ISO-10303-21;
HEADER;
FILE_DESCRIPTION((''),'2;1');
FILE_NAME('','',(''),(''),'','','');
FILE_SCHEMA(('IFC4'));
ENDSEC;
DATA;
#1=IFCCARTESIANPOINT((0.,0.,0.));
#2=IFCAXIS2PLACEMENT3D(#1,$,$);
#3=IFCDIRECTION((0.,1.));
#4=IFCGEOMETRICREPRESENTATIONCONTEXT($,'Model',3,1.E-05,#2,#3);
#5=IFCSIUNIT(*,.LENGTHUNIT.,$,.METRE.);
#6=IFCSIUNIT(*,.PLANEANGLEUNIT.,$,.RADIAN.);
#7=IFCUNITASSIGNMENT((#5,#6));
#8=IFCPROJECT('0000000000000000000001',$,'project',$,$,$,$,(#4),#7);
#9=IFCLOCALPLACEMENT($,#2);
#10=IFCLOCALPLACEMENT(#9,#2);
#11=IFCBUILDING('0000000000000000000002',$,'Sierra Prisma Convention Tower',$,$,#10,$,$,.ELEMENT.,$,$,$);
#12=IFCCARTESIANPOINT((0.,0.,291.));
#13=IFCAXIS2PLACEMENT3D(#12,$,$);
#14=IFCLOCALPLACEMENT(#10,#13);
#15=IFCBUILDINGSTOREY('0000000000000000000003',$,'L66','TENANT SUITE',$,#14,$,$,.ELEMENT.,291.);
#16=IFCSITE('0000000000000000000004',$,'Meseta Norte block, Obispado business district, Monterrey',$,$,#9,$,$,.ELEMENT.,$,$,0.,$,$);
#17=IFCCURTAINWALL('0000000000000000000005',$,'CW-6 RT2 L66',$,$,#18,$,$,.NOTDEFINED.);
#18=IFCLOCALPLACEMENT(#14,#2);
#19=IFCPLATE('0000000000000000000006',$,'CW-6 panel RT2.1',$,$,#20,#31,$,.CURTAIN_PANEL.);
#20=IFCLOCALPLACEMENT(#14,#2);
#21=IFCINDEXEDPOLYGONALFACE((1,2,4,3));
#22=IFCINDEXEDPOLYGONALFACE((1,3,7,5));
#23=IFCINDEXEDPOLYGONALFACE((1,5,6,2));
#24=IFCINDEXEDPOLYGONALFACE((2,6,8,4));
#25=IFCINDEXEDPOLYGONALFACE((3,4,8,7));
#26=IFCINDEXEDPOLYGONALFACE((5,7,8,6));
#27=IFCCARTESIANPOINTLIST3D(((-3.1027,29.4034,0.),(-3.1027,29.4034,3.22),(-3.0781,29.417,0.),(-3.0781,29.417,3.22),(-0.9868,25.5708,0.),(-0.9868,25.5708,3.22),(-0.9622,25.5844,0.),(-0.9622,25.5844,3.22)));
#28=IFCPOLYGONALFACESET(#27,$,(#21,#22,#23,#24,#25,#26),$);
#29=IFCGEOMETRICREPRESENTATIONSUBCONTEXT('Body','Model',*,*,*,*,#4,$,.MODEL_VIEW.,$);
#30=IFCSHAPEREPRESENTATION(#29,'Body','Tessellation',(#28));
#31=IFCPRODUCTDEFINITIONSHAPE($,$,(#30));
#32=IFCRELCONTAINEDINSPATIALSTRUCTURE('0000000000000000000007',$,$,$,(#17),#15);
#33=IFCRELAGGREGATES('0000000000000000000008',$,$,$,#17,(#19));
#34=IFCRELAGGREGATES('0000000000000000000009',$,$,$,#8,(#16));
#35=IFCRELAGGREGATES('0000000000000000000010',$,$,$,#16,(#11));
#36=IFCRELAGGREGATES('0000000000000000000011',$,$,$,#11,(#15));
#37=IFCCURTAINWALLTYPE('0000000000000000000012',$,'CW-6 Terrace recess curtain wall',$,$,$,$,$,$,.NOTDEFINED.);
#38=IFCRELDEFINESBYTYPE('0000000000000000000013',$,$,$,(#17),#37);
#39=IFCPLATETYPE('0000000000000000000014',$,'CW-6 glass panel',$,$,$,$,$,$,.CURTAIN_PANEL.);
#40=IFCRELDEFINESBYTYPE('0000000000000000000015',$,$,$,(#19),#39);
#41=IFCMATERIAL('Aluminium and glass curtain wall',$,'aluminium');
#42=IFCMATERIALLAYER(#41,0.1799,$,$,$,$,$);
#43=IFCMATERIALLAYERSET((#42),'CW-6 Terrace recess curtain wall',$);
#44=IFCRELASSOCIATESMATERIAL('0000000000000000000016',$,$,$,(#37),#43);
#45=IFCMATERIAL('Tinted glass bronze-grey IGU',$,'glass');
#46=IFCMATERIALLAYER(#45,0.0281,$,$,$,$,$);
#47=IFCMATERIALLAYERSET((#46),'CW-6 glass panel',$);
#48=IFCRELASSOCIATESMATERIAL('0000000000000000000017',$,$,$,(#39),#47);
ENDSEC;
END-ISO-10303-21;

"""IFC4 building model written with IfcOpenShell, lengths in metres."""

from ifc_helpers import new_model, si_unit, direction, frame, origin, origin_2d, place, context, subcontext, project, spatial, rectangle, extrude, material, layer, layer_set, type_object, element, aggregate, save


model = new_model("IFC4")

# Units and contexts
model_context = context("Model", 3, precision=1e-05, world=origin(), true_north=direction((0.0, 1.0)))
body_context = subcontext(model_context, "Body", "Model", "MODEL_VIEW")
ifc_project = project(units=[si_unit("LENGTHUNIT", "METRE"), si_unit("PLANEANGLEUNIT", "RADIAN")], contexts=[model_context])

# Site, building, storey
site_placement = place(None, origin())
site = spatial("IfcSite", under=ifc_project, at=site_placement, Name="Meseta Norte block, Obispado business district, Monterrey", CompositionType="ELEMENT", RefElevation=0.0)
building_placement = place(site_placement, origin())
building = spatial("IfcBuilding", under=site, at=building_placement, Name="Sierra Prisma Convention Tower", CompositionType="ELEMENT")
storey_placement = place(building_placement, frame((0.0, 0.0, 291.0)))
storey = spatial("IfcBuildingStorey", under=building, at=storey_placement, Name="L66", Description="TENANT SUITE", CompositionType="ELEMENT", Elevation=291.0)

# Shared definitions
ifc_material_1 = material(Name="Aluminium and glass curtain wall", Category="aluminium")
ifc_layer_1 = layer(ifc_material_1, 0.1799)
ifc_layer_set_1 = layer_set([ifc_layer_1], Name="CW-6 Terrace recess curtain wall")
curtain_wall_type_1 = type_object("IfcCurtainWallType", Name="CW-6 Terrace recess curtain wall", PredefinedType="NOTDEFINED", material=ifc_layer_set_1)

# Curtain wall
curtain_wall_1_placement = place(storey_placement, origin())
curtain_wall_1 = element("IfcCurtainWall", 1, at=curtain_wall_1_placement, inside=storey, type_object=curtain_wall_type_1, Name="CW-6 RT2 L66", PredefinedType="NOTDEFINED")

# Shared definitions
ifc_material_2 = material(Name="Tinted glass bronze-grey IGU", Category="glass")
ifc_layer_2 = layer(ifc_material_2, 0.0281)
ifc_layer_set_2 = layer_set([ifc_layer_2], Name="CW-6 glass panel")
plate_type_1 = type_object("IfcPlateType", Name="CW-6 glass panel", PredefinedType="CURTAIN_PANEL", material=ifc_layer_set_2)

# Plate
plate_1_placement = place(storey_placement, frame((-2.0325, 27.4939, 0.0), z_axis=(0.0, 0.0, 1.0), x_axis=(-0.483307, 0.875451, 0.0)))
plate_1 = element("IfcPlate", 2, at=plate_1_placement, type_object=plate_type_1, Name="CW-6 panel RT2.1", PredefinedType="CURTAIN_PANEL", context=body_context, shape_type="SweptSolid", body=[
    extrude(rectangle(XDim=4.3779, YDim=0.0281, at=origin_2d()), origin(), (0.0, 0.0, 1.0), 3.22),
])
aggregate(curtain_wall_1, [plate_1])

save(model, "model.ifc")
